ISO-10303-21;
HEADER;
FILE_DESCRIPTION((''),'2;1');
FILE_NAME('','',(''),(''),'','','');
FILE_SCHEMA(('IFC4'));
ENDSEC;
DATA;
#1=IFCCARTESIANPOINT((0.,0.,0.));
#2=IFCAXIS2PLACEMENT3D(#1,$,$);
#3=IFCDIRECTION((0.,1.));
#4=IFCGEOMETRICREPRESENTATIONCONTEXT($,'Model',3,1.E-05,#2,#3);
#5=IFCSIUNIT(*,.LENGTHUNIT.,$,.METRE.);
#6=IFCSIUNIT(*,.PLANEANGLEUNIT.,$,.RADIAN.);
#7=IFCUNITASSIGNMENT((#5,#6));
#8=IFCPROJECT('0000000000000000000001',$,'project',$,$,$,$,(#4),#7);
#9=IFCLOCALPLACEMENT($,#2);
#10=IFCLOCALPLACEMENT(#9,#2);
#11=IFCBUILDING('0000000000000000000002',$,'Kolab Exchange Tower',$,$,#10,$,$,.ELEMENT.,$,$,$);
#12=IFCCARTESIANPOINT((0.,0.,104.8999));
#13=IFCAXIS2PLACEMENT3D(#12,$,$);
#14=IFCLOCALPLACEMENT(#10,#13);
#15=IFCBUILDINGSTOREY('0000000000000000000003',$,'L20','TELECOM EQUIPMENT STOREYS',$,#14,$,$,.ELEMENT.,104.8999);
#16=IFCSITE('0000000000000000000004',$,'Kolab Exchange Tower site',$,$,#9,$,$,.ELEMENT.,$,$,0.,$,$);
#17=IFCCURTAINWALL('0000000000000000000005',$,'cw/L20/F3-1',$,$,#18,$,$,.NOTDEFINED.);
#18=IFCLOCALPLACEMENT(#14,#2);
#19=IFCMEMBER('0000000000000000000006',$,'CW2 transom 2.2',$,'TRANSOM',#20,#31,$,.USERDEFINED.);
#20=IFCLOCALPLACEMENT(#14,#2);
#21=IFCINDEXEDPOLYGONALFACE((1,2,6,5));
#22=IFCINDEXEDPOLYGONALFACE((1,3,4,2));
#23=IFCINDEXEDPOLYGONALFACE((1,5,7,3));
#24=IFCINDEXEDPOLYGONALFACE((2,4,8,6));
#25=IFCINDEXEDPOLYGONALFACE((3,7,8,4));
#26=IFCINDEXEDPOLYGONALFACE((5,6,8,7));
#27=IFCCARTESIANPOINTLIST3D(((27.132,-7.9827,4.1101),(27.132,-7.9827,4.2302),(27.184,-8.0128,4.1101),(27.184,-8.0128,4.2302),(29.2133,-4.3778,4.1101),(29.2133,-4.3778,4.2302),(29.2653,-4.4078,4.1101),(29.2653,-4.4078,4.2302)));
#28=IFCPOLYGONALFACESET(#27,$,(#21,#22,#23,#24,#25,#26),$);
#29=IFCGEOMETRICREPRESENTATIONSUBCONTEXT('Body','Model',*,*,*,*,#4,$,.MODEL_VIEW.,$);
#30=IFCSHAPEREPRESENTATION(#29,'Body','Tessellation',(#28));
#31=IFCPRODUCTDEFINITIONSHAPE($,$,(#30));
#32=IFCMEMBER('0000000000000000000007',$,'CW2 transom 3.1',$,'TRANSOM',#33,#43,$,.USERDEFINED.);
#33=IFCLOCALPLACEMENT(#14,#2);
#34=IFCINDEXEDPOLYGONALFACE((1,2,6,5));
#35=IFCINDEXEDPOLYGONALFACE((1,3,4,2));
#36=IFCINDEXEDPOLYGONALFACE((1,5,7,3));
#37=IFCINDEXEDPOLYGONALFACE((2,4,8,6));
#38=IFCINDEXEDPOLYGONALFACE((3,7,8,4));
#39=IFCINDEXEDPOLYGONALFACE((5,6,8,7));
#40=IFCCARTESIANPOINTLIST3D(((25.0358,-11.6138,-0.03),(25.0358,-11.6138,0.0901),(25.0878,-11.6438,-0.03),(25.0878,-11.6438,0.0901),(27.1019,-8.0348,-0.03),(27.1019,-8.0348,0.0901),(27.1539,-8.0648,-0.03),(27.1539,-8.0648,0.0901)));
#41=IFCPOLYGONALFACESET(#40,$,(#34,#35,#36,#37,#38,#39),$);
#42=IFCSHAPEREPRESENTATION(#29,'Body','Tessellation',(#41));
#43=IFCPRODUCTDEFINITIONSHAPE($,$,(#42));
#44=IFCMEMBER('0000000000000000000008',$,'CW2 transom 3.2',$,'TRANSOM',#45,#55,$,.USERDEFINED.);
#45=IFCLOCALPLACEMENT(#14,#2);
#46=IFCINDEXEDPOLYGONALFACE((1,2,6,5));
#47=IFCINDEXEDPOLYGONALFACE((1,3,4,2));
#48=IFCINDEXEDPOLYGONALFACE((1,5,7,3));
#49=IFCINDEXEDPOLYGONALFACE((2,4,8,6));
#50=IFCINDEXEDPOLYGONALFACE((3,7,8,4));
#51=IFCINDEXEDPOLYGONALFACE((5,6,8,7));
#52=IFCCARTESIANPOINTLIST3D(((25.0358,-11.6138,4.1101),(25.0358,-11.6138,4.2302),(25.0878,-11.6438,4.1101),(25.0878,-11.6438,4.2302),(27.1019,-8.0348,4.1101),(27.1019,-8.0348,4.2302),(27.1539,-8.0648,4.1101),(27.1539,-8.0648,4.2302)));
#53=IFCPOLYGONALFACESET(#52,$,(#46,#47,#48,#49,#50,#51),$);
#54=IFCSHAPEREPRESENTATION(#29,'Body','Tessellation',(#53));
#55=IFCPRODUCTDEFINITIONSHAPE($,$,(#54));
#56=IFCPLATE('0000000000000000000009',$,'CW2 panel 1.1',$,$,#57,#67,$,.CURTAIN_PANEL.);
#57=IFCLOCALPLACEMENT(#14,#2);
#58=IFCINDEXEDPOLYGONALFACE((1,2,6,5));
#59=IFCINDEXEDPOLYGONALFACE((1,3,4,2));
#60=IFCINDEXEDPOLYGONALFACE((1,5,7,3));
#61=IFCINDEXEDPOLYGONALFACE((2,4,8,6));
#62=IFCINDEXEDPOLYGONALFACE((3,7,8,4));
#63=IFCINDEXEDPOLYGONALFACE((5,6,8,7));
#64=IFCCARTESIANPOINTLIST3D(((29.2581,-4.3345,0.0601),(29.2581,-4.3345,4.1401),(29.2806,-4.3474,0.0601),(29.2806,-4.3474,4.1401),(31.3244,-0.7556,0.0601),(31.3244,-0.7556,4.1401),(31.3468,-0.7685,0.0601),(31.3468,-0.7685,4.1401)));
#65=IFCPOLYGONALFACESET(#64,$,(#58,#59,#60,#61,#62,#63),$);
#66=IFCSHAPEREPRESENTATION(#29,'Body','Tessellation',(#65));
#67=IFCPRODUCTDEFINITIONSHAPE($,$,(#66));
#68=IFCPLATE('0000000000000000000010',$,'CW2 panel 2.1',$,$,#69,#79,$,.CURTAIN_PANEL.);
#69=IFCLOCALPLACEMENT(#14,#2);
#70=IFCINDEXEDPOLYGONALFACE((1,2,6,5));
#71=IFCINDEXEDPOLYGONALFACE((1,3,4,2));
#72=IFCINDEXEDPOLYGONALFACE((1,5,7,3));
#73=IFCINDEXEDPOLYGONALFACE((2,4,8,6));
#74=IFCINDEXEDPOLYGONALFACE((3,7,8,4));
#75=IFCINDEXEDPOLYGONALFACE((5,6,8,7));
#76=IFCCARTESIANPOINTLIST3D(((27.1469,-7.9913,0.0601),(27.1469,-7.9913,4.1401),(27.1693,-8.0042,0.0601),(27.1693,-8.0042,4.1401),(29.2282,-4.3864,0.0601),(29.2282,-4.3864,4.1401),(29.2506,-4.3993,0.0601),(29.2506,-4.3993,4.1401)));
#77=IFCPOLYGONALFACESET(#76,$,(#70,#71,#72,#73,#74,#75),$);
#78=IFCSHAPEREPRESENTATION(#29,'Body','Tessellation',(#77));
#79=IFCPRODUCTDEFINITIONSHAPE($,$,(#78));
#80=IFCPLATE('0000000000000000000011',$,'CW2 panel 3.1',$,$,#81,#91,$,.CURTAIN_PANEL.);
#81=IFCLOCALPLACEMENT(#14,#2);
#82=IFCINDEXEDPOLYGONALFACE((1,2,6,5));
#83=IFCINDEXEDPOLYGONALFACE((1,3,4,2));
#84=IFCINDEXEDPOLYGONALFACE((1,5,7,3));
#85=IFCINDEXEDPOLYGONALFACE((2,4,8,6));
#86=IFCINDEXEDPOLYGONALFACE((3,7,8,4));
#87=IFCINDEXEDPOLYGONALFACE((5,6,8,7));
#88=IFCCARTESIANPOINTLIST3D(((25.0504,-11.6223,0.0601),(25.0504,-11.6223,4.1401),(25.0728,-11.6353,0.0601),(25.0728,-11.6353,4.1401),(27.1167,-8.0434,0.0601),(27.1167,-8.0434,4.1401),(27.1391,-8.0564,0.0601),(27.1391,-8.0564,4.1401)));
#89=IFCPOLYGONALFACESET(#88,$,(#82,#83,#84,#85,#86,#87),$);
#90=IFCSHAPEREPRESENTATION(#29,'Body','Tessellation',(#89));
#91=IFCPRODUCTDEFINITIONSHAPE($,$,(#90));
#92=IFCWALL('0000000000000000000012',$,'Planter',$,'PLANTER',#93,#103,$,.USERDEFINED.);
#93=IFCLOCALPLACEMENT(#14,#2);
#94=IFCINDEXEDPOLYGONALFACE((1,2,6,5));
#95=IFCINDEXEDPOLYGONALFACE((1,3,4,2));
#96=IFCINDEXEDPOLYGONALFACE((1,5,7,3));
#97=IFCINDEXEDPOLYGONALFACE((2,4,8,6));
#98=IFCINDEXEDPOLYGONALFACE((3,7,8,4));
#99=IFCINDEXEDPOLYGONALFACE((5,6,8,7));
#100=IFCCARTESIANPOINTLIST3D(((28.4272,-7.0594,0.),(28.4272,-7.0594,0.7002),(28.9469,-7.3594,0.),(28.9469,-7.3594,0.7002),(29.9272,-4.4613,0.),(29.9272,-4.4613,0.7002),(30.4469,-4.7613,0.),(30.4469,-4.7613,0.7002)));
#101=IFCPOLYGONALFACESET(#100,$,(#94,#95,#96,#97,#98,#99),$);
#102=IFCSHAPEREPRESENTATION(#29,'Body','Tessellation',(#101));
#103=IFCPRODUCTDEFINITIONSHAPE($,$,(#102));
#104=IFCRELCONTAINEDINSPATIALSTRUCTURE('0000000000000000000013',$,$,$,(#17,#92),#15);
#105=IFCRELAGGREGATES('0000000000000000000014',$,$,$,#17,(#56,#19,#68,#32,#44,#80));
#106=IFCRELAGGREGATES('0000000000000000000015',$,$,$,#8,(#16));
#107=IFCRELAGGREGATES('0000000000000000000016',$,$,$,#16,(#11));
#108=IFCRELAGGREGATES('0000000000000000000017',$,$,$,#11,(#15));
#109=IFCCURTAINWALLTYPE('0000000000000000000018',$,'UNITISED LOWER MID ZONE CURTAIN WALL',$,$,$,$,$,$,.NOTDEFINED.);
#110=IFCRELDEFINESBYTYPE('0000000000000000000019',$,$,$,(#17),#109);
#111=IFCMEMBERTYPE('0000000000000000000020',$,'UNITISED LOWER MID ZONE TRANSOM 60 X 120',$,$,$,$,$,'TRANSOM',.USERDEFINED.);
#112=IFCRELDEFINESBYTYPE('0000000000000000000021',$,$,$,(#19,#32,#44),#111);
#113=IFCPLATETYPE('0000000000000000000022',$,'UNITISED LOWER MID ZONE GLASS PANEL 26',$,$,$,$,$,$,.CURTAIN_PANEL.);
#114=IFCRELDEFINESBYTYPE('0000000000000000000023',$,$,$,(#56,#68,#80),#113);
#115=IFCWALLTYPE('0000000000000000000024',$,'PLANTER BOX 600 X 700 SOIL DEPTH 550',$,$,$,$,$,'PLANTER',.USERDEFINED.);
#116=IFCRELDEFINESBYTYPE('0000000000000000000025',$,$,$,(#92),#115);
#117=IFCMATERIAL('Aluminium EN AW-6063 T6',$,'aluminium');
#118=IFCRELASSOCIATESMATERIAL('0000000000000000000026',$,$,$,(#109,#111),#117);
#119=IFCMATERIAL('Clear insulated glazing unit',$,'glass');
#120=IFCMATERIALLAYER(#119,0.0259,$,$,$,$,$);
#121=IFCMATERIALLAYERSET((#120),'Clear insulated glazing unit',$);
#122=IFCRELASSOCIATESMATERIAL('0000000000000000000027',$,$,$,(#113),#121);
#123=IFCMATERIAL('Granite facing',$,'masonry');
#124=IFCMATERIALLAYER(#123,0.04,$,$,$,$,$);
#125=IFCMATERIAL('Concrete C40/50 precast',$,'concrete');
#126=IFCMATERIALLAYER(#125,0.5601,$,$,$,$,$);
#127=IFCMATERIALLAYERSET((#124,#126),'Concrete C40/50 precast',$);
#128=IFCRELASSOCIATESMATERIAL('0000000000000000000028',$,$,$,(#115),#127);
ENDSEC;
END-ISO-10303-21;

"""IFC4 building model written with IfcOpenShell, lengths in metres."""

from ifc_helpers import new_model, si_unit, direction, frame, frame_2d, origin, origin_2d, place, context, subcontext, project, spatial, rectangle, extrude, material, layer, layer_set, material_profile, profile_set, type_object, element, aggregate, save


model = new_model("IFC4")

# Units and contexts
model_context = context("Model", 3, precision=1e-05, world=origin(), true_north=direction((0.0, 1.0)))
body_context = subcontext(model_context, "Body", "Model", "MODEL_VIEW")
ifc_project = project(units=[si_unit("LENGTHUNIT", "METRE"), si_unit("PLANEANGLEUNIT", "RADIAN")], contexts=[model_context])

# Site, building, storey
site_placement = place(None, origin())
site = spatial("IfcSite", under=ifc_project, at=site_placement, Name="Kolab Exchange Tower site", CompositionType="ELEMENT", RefElevation=0.0)
building_placement = place(site_placement, origin())
building = spatial("IfcBuilding", under=site, at=building_placement, Name="Kolab Exchange Tower", CompositionType="ELEMENT")
storey_placement = place(building_placement, frame((0.0, 0.0, 104.8999)))
storey = spatial("IfcBuildingStorey", under=building, at=storey_placement, Name="L20", Description="TELECOM EQUIPMENT STOREYS", CompositionType="ELEMENT", Elevation=104.8999)

# Curtain wall
ifc_material_1 = material(Name="Aluminium EN AW-6063 T6", Category="aluminium")
curtain_wall_type = type_object("IfcCurtainWallType", Name="UNITISED LOWER MID ZONE CURTAIN WALL", PredefinedType="NOTDEFINED", material=ifc_material_1)
curtain_wall_1_placement = place(storey_placement, origin())
curtain_wall_1 = element("IfcCurtainWall", 1, at=curtain_wall_1_placement, inside=storey, type_object=curtain_wall_type, Name="cw/L20/F3-1", PredefinedType="NOTDEFINED")

# Members
ifc_material_profile_1 = material_profile(ifc_material_1, rectangle(XDim=0.0601, YDim=0.1201, at=origin_2d()), Name="RECT 60X120")
ifc_profile_set_1 = profile_set([ifc_material_profile_1], Name="Aluminium EN AW-6063 T6")
member_type_1 = type_object("IfcMemberType", Name="UNITISED LOWER MID ZONE TRANSOM 60 X 120", ElementType="TRANSOM", PredefinedType="USERDEFINED", material=ifc_profile_set_1)
member_1_placement = place(storey_placement, frame((29.2393, -4.3928, 4.1702), z_axis=(-0.499993, -0.866029, 0.0), x_axis=(0.866029, -0.499993, 0.0)))
member_1 = element("IfcMember", 2, at=member_1_placement, type_object=member_type_1, Name="CW2 transom 2.2", ObjectType="TRANSOM", PredefinedType="USERDEFINED", context=body_context, shape_type="SweptSolid", body=[
    extrude(rectangle(XDim=0.0601, YDim=0.1201, at=origin_2d()), origin(), (0.0, 0.0, 1.0), 4.1626),
])
member_2_placement = place(storey_placement, frame((27.1279, -8.0498, 0.03), z_axis=(-0.499958, -0.86605, 0.0), x_axis=(0.86605, -0.499958, 0.0)))
member_2 = element("IfcMember", 3, at=member_2_placement, type_object=member_type_1, Name="CW2 transom 3.1", ObjectType="TRANSOM", PredefinedType="USERDEFINED", context=body_context, shape_type="SweptSolid", body=[
    extrude(rectangle(XDim=0.0601, YDim=0.1201, at=origin_2d()), origin(), (0.0, 0.0, 1.0), 4.1326),
])
member_3_placement = place(storey_placement, frame((27.1279, -8.0498, 4.1702), z_axis=(-0.499958, -0.86605, 0.0), x_axis=(0.86605, -0.499958, 0.0)))
member_3 = element("IfcMember", 4, at=member_3_placement, type_object=member_type_1, Name="CW2 transom 3.2", ObjectType="TRANSOM", PredefinedType="USERDEFINED", context=body_context, shape_type="SweptSolid", body=[
    extrude(rectangle(XDim=0.0601, YDim=0.1201, at=origin_2d()), origin(), (0.0, 0.0, 1.0), 4.1326),
])

# Plates
ifc_material_2 = material(Name="Clear insulated glazing unit", Category="glass")
ifc_layer_1 = layer(ifc_material_2, 0.0259)
ifc_layer_set_1 = layer_set([ifc_layer_1], Name="Clear insulated glazing unit")
plate_type = type_object("IfcPlateType", Name="UNITISED LOWER MID ZONE GLASS PANEL 26", PredefinedType="CURTAIN_PANEL", material=ifc_layer_set_1)
plate_1_placement = place(storey_placement, frame((30.3025, -2.5515, 0.0601), z_axis=(0.0, 0.0, 1.0), x_axis=(-0.5, -0.866025, 0.0)))
plate_1 = element("IfcPlate", 5, at=plate_1_placement, type_object=plate_type, Name="CW2 panel 1.1", PredefinedType="CURTAIN_PANEL", context=body_context, shape_type="SweptSolid", body=[
    extrude(rectangle(XDim=4.1326, YDim=0.0259, at=origin_2d()), origin(), (0.0, 0.0, 1.0), 4.0801),
])
plate_2_placement = place(storey_placement, frame((28.1987, -6.1953, 0.0601), z_axis=(0.0, 0.0, 1.0), x_axis=(-0.5, -0.866025, 0.0)))
plate_2 = element("IfcPlate", 6, at=plate_2_placement, type_object=plate_type, Name="CW2 panel 2.1", PredefinedType="CURTAIN_PANEL", context=body_context, shape_type="SweptSolid", body=[
    extrude(rectangle(XDim=4.1626, YDim=0.0259, at=origin_2d()), origin(), (0.0, 0.0, 1.0), 4.0801),
])
plate_3_placement = place(storey_placement, frame((26.0947, -9.8394, 0.0601), z_axis=(0.0, 0.0, 1.0), x_axis=(-0.5, -0.866025, 0.0)))
plate_3 = element("IfcPlate", 7, at=plate_3_placement, type_object=plate_type, Name="CW2 panel 3.1", PredefinedType="CURTAIN_PANEL", context=body_context, shape_type="SweptSolid", body=[
    extrude(rectangle(XDim=4.1326, YDim=0.0259, at=origin_2d()), origin(), (0.0, 0.0, 1.0), 4.0801),
])
aggregate(curtain_wall_1, [plate_1, member_1, plate_2, member_2, member_3, plate_3])

# Wall
ifc_material_3 = material(Name="Granite facing", Category="masonry")
ifc_layer_2 = layer(ifc_material_3, 0.04)
ifc_material_4 = material(Name="Concrete C40/50 precast", Category="concrete")
ifc_layer_3 = layer(ifc_material_4, 0.5601)
ifc_layer_set_2 = layer_set([ifc_layer_2, ifc_layer_3], Name="Concrete C40/50 precast")
wall_type = type_object("IfcWallType", Name="PLANTER BOX 600 X 700 SOIL DEPTH 550", ElementType="PLANTER", PredefinedType="USERDEFINED", material=ifc_layer_set_2)
wall_placement = place(storey_placement, frame((30.187, -4.6113, 0.0), z_axis=(0.0, 0.0, 1.0), x_axis=(-0.49999, -0.866031, 0.0)))
element("IfcWall", 8, at=wall_placement, inside=storey, type_object=wall_type, Name="Planter", ObjectType="PLANTER", PredefinedType="USERDEFINED", context=body_context, shape_type="SweptSolid", body=[
    extrude(rectangle(XDim=3.0, YDim=0.6001, at=frame_2d((1.5, 0.0))), origin(), (0.0, 0.0, 1.0), 0.7002),
])

save(model, "model.ifc")
